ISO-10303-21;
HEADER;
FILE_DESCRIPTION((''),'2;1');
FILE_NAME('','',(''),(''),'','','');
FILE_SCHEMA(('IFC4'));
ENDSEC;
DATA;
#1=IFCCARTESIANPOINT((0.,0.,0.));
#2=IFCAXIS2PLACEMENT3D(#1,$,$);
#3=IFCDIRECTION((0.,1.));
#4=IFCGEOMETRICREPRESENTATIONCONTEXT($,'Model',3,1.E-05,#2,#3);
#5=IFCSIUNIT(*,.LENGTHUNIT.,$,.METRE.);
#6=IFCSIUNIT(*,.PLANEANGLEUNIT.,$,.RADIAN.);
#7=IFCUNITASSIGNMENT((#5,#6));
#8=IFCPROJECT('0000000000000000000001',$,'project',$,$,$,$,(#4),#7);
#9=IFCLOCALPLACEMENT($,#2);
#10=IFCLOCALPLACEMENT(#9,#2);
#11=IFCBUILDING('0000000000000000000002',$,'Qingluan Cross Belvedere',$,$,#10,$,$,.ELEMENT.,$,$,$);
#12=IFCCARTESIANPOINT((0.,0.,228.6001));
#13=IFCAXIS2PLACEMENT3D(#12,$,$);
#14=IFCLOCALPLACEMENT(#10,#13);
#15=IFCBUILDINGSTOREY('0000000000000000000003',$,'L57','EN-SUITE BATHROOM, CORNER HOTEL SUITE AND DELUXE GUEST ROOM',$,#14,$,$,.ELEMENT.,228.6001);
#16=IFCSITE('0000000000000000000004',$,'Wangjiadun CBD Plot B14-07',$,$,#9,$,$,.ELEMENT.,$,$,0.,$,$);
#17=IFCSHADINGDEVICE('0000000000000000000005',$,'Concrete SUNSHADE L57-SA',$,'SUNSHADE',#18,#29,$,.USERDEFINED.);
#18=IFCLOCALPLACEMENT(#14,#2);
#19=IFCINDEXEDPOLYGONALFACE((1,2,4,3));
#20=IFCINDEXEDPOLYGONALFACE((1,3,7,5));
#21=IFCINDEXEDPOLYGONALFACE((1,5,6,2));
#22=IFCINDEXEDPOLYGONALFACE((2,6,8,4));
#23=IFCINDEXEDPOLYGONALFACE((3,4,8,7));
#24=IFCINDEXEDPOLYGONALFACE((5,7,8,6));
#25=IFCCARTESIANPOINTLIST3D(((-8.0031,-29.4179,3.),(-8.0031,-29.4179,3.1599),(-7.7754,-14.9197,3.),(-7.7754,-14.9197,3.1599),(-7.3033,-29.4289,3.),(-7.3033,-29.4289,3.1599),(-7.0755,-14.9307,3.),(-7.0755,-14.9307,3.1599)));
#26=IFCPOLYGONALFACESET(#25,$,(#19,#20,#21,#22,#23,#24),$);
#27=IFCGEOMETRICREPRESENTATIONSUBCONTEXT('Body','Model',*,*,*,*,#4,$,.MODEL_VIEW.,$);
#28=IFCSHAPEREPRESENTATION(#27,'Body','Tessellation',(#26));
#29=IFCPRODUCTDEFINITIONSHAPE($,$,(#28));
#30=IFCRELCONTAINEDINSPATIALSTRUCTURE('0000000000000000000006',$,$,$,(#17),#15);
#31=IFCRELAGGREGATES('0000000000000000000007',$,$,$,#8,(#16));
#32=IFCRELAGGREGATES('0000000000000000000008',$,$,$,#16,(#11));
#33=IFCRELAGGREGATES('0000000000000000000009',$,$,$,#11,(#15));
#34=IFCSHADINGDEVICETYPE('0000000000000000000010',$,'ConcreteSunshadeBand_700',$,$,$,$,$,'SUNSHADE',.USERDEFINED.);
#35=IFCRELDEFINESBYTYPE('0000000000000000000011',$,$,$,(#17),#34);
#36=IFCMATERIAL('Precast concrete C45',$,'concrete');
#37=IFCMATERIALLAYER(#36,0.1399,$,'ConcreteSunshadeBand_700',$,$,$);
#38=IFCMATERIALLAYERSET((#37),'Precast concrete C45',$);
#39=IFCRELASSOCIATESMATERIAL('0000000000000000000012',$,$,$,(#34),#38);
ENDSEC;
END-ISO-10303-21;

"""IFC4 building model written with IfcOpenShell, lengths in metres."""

from ifc_helpers import new_model, si_unit, direction, frame, origin, origin_2d, place, context, subcontext, project, spatial, rectangle, extrude, material, layer, layer_set, type_object, element, save


model = new_model("IFC4")

# Units and contexts
model_context = context("Model", 3, precision=1e-05, world=origin(), true_north=direction((0.0, 1.0)))
body_context = subcontext(model_context, "Body", "Model", "MODEL_VIEW")
ifc_project = project(units=[si_unit("LENGTHUNIT", "METRE"), si_unit("PLANEANGLEUNIT", "RADIAN")], contexts=[model_context])

# Site, building, storey
site_placement = place(None, origin())
site = spatial("IfcSite", under=ifc_project, at=site_placement, Name="Wangjiadun CBD Plot B14-07", CompositionType="ELEMENT", RefElevation=0.0)
building_placement = place(site_placement, origin())
building = spatial("IfcBuilding", under=site, at=building_placement, Name="Qingluan Cross Belvedere", CompositionType="ELEMENT")
storey_placement = place(building_placement, frame((0.0, 0.0, 228.6001)))
storey = spatial("IfcBuildingStorey", under=building, at=storey_placement, Name="L57", Description="EN-SUITE BATHROOM, CORNER HOTEL SUITE AND DELUXE GUEST ROOM", CompositionType="ELEMENT", Elevation=228.6001)

# Shading device
ifc_material_1 = material(Name="Precast concrete C45", Category="concrete")
ifc_layer_1 = layer(ifc_material_1, 0.1399, Name="ConcreteSunshadeBand_700")
ifc_layer_set_1 = layer_set([ifc_layer_1], Name="Precast concrete C45")
shading_device_type = type_object("IfcShadingDeviceType", Name="ConcreteSunshadeBand_700", ElementType="SUNSHADE", PredefinedType="USERDEFINED", material=ifc_layer_set_1)
shading_device_placement = place(storey_placement, frame((-7.5393, -22.1743, 3.0), z_axis=(0.0, 0.0, 1.0), x_axis=(-0.015707, -0.999877, 0.0)))
element("IfcShadingDevice", 1, at=shading_device_placement, inside=storey, type_object=shading_device_type, Name="Concrete SUNSHADE L57-SA", ObjectType="SUNSHADE", PredefinedType="USERDEFINED", context=body_context, shape_type="SweptSolid", body=[
    extrude(rectangle(XDim=14.5, YDim=0.7, at=origin_2d()), origin(), (0.0, 0.0, 1.0), 0.1599),
])

save(model, "model.ifc")
